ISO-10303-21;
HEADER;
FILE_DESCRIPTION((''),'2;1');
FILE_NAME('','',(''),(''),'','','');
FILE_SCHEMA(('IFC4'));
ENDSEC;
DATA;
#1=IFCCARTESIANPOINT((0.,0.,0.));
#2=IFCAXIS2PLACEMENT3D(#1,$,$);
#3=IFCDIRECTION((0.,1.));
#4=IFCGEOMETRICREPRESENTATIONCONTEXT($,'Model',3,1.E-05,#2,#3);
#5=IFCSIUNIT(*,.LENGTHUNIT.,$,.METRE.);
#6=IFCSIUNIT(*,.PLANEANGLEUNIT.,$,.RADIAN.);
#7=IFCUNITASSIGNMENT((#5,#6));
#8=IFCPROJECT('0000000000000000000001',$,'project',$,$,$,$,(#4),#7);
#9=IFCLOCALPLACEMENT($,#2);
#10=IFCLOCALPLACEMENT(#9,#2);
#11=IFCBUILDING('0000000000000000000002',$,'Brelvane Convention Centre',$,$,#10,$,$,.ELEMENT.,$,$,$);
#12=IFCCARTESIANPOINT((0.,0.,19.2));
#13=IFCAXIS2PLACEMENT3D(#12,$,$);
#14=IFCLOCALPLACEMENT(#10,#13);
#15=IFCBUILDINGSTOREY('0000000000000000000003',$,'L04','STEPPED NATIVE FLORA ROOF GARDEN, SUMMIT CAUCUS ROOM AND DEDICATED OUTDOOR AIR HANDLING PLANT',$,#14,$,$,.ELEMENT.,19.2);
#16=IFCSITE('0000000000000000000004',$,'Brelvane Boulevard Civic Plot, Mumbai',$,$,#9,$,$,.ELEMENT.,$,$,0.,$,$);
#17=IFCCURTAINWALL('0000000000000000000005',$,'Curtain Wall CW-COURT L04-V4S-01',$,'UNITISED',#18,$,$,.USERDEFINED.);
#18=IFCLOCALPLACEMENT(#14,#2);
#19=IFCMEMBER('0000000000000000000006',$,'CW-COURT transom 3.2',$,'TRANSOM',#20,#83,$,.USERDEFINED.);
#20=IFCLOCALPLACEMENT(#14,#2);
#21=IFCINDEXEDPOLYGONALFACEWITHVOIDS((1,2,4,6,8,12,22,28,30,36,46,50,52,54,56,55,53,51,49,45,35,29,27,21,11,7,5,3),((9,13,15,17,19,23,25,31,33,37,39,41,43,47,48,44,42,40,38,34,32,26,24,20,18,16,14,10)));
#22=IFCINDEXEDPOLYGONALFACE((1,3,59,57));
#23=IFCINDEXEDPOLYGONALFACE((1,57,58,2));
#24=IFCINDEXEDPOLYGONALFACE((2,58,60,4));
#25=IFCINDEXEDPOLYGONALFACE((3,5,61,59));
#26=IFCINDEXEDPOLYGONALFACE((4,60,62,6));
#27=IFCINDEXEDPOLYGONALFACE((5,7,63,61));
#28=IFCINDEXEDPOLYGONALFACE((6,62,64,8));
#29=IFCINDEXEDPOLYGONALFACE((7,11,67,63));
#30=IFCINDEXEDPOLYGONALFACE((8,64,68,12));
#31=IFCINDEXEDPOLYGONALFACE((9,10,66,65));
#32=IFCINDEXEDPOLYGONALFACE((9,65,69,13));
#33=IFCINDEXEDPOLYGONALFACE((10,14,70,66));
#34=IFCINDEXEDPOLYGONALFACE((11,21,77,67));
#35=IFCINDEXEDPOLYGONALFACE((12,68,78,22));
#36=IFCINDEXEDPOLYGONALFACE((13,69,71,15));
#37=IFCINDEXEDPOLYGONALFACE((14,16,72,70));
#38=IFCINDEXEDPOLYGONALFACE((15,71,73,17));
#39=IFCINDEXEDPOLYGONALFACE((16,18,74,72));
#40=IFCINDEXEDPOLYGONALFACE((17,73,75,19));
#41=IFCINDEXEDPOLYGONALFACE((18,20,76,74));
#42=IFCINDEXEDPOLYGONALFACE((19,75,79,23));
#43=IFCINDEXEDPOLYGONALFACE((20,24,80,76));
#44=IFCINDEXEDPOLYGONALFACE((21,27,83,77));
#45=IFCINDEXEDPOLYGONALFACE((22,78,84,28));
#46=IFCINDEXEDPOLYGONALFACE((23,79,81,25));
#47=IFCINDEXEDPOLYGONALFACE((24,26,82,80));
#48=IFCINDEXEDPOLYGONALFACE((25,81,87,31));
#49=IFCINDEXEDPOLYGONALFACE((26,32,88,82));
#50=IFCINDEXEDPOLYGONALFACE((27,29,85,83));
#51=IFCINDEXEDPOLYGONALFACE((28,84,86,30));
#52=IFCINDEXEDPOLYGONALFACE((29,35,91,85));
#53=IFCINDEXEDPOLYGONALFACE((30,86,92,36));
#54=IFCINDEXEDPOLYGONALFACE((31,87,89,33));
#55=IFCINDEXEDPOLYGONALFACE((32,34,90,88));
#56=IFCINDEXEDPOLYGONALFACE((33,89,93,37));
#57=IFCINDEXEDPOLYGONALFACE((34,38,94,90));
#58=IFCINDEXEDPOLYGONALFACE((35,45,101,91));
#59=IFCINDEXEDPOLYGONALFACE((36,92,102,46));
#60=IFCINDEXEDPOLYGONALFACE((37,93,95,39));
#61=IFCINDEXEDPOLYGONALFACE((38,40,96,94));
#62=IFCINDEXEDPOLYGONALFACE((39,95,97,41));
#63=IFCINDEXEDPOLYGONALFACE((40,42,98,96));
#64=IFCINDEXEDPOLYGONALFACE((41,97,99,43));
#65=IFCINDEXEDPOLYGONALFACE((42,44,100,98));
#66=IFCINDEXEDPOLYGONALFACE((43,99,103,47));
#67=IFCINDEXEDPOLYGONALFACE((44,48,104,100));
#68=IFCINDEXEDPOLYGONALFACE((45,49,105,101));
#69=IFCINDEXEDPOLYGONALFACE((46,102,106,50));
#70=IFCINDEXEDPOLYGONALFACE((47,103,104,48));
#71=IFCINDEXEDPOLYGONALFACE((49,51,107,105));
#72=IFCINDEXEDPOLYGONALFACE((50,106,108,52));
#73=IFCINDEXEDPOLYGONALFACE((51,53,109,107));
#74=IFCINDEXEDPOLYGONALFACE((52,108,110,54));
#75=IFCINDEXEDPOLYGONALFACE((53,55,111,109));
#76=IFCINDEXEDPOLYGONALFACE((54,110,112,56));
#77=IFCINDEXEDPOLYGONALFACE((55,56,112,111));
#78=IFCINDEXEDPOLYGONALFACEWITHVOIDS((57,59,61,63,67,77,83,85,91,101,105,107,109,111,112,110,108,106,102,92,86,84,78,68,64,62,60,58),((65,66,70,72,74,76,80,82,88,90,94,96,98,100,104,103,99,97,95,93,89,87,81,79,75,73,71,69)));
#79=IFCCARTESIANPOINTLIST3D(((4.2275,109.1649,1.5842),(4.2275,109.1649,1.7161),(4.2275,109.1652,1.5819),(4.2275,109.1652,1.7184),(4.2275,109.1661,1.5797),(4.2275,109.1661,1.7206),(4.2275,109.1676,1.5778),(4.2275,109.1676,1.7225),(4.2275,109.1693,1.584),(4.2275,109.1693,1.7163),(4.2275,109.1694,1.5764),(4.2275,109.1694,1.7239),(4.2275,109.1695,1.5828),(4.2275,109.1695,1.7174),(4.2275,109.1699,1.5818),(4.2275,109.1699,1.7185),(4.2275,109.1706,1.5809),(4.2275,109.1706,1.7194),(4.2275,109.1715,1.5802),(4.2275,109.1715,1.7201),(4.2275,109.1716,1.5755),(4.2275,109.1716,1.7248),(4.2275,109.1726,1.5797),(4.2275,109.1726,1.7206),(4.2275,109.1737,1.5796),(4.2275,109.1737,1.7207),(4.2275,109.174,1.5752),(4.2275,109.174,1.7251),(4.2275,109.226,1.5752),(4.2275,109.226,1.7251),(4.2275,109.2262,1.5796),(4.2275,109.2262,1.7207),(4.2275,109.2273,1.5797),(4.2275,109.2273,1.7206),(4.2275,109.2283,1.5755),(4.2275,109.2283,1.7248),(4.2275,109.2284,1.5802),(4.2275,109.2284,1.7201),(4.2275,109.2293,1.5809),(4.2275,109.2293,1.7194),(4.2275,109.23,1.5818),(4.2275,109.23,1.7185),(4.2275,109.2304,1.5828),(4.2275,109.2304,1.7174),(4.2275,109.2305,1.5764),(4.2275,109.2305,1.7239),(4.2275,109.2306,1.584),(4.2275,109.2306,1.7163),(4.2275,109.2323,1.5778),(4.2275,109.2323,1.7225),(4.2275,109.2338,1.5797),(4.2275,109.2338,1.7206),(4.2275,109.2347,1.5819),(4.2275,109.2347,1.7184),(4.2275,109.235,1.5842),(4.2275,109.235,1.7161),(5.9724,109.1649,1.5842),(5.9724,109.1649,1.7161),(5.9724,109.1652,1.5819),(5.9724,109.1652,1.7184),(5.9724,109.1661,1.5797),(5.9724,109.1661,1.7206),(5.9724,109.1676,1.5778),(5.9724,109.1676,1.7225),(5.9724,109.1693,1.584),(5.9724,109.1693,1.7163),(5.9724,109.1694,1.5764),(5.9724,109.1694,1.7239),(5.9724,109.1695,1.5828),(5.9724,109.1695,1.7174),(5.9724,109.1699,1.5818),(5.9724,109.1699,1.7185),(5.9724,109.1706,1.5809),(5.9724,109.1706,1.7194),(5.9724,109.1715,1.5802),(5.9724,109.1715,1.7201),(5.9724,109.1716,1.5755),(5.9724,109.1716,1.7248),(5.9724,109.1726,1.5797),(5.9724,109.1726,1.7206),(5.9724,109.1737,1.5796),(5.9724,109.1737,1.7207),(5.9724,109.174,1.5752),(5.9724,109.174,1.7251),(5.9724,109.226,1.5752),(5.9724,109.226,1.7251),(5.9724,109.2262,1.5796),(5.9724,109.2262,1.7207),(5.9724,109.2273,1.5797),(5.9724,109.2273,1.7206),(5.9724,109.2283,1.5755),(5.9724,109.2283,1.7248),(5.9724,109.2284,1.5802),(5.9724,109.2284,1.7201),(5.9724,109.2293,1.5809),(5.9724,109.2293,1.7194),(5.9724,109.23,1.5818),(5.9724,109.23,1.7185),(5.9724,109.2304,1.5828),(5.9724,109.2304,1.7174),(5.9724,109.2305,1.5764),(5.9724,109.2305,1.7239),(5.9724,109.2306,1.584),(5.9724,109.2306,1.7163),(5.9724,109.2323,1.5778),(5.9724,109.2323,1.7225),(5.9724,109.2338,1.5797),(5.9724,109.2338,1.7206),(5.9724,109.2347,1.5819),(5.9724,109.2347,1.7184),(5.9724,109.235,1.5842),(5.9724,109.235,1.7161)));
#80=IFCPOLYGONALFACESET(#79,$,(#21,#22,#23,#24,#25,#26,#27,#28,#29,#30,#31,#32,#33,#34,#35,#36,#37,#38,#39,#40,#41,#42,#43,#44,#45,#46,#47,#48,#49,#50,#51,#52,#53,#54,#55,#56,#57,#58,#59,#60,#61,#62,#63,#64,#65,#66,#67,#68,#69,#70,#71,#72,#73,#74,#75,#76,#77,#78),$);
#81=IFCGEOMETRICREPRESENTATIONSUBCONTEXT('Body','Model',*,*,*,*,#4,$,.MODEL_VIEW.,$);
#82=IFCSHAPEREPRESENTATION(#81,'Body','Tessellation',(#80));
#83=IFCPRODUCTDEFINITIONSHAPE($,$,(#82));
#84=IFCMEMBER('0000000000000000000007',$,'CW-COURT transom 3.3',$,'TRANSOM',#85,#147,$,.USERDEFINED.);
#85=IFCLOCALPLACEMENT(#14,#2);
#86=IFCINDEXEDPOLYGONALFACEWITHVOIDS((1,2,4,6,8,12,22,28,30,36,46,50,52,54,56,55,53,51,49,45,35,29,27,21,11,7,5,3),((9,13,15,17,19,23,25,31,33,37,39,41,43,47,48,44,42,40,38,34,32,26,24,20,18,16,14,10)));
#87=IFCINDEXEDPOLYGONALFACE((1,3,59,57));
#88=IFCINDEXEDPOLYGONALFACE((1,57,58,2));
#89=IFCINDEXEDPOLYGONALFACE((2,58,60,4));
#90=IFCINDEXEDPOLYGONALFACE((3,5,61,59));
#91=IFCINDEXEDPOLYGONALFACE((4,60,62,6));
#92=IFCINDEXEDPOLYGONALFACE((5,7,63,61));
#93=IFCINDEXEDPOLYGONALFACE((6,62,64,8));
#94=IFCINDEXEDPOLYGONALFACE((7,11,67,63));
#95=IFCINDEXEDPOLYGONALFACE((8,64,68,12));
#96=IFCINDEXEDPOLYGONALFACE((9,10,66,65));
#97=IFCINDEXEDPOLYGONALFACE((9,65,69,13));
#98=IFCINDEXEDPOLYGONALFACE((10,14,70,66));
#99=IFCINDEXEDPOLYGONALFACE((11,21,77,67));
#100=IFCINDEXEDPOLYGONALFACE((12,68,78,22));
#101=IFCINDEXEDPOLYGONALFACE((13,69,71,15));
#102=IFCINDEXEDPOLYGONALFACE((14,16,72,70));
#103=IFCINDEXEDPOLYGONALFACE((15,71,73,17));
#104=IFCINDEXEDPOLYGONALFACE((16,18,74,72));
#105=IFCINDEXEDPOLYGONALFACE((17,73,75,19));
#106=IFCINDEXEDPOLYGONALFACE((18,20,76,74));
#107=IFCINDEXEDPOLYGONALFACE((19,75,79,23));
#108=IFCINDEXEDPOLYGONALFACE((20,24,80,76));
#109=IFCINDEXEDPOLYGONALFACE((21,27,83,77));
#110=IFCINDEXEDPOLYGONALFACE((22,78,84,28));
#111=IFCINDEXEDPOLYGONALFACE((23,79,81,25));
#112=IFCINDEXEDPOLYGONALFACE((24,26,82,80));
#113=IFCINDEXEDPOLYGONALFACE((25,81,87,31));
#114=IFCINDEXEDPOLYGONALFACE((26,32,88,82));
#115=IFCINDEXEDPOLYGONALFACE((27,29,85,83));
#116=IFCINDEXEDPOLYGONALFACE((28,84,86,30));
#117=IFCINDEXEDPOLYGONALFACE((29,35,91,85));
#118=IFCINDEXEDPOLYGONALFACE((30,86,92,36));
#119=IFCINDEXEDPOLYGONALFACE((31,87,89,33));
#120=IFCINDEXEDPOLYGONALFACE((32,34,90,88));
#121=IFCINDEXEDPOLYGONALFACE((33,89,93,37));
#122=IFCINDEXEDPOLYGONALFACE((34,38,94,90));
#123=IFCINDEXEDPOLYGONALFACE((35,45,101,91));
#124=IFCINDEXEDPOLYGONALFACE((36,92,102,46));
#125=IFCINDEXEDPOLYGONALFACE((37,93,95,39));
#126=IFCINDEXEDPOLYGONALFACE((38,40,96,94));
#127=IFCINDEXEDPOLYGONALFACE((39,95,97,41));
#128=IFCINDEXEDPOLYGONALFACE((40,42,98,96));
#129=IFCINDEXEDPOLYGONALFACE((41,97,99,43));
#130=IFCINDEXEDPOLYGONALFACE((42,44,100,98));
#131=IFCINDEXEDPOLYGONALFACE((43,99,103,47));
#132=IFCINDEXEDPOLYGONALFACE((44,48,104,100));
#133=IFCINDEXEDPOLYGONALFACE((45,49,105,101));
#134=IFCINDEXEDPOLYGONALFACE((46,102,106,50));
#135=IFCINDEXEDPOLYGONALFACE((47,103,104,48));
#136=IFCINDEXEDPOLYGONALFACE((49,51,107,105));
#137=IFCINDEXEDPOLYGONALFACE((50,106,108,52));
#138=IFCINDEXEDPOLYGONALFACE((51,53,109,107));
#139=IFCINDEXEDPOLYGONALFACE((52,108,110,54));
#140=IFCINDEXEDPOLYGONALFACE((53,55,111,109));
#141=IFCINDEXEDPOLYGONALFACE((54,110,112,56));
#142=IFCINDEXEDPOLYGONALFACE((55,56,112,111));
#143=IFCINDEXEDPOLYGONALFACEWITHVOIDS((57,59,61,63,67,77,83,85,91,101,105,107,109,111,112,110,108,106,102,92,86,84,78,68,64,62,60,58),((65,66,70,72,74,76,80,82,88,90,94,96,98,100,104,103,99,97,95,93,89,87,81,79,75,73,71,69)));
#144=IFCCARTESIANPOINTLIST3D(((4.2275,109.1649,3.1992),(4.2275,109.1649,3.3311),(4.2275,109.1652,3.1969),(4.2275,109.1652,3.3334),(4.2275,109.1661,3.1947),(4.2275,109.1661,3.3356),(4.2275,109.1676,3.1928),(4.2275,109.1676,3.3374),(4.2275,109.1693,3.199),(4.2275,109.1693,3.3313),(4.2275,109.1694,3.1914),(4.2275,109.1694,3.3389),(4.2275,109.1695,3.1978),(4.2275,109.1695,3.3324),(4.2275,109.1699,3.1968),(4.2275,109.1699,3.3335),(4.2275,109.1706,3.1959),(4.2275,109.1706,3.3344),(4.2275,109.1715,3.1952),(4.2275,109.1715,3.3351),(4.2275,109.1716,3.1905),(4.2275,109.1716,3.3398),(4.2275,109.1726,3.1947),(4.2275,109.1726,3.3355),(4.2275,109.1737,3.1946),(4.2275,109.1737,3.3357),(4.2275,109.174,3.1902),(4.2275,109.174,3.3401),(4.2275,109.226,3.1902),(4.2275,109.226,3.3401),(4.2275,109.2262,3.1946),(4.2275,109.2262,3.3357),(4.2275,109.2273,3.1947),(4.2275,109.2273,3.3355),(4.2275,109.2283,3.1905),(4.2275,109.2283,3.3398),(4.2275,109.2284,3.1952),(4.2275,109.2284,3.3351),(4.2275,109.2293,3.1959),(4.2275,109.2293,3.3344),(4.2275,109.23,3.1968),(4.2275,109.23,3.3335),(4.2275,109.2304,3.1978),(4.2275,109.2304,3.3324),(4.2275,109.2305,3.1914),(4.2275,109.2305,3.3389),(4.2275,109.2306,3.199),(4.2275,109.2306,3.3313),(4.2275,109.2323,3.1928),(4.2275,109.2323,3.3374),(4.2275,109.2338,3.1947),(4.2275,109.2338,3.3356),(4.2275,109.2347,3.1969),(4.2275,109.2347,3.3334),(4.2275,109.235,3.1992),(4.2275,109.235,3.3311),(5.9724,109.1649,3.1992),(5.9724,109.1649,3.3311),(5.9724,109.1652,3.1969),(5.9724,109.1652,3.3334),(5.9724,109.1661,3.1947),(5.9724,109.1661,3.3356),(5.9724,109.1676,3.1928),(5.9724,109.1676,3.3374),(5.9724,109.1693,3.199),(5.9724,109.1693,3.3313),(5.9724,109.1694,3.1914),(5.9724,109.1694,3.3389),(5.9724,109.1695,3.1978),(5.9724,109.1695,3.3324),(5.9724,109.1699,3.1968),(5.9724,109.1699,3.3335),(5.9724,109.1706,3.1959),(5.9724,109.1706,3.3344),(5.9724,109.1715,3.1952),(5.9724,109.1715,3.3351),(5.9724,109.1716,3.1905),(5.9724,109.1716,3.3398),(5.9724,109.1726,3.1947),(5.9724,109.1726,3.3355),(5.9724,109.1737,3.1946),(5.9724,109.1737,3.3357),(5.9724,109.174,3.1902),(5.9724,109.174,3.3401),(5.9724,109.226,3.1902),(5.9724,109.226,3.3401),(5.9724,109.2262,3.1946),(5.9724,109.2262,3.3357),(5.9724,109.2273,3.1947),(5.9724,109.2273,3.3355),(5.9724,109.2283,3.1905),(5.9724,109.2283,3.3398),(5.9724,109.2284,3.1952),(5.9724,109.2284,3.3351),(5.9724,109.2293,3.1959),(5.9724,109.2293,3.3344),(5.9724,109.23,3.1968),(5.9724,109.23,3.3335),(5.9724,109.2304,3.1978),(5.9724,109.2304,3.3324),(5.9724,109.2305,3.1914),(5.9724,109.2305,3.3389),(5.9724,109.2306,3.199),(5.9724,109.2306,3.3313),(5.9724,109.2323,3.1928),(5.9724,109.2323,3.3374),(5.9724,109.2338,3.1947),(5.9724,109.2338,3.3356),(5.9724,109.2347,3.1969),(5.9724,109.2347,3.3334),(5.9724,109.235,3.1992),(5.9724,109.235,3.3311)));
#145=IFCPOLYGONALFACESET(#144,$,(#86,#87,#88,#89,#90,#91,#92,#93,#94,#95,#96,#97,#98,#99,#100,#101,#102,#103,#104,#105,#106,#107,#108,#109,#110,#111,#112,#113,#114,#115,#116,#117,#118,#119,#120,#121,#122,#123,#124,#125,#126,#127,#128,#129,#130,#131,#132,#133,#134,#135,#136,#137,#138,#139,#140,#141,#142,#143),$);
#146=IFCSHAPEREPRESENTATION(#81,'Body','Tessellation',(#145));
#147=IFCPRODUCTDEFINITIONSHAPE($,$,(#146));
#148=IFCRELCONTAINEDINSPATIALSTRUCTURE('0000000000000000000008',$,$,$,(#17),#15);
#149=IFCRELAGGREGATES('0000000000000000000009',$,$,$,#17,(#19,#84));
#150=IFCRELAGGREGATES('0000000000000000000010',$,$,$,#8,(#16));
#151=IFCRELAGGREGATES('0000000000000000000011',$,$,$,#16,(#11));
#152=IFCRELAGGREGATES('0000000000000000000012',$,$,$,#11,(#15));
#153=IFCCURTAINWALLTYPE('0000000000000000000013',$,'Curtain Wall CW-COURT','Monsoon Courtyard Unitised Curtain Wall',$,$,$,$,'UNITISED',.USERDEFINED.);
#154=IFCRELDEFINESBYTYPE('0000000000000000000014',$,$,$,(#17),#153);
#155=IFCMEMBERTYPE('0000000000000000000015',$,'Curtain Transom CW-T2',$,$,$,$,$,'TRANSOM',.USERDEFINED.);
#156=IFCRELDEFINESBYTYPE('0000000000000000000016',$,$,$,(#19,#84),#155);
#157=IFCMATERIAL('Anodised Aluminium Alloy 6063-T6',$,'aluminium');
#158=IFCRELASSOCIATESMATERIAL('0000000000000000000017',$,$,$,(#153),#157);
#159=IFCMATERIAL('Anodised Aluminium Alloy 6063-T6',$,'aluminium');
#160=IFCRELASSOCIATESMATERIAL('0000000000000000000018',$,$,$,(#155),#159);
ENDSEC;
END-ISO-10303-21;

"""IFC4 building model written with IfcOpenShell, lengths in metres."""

from ifc_helpers import new_model, si_unit, direction, frame, origin, origin_2d, place, context, subcontext, project, spatial, hollow_rectangle, extrude, material, material_profile, profile_set, type_object, element, aggregate, save


model = new_model("IFC4")

# Units and contexts
model_context = context("Model", 3, precision=1e-05, world=origin(), true_north=direction((0.0, 1.0)))
body_context = subcontext(model_context, "Body", "Model", "MODEL_VIEW")
ifc_project = project(units=[si_unit("LENGTHUNIT", "METRE"), si_unit("PLANEANGLEUNIT", "RADIAN")], contexts=[model_context])

# Site, building, storey
site_placement = place(None, origin())
site = spatial("IfcSite", under=ifc_project, at=site_placement, Name="Brelvane Boulevard Civic Plot, Mumbai", CompositionType="ELEMENT", RefElevation=0.0)
building_placement = place(site_placement, origin())
building = spatial("IfcBuilding", under=site, at=building_placement, Name="Brelvane Convention Centre", CompositionType="ELEMENT")
storey_placement = place(building_placement, frame((0.0, 0.0, 19.2)))
storey = spatial("IfcBuildingStorey", under=building, at=storey_placement, Name="L04", Description="STEPPED NATIVE FLORA ROOF GARDEN, SUMMIT CAUCUS ROOM AND DEDICATED OUTDOOR AIR HANDLING PLANT", CompositionType="ELEMENT", Elevation=19.2)

# Curtain wall, members
ifc_material_1 = material(Name="Anodised Aluminium Alloy 6063-T6", Category="aluminium")
curtain_wall_type = type_object("IfcCurtainWallType", Name="Curtain Wall CW-COURT", Description="Monsoon Courtyard Unitised Curtain Wall", ElementType="UNITISED", PredefinedType="USERDEFINED", material=ifc_material_1)
curtain_wall_placement = place(storey_placement, origin())
curtain_wall = element("IfcCurtainWall", 1, at=curtain_wall_placement, inside=storey, type_object=curtain_wall_type, Name="Curtain Wall CW-COURT L04-V4S-01", ObjectType="UNITISED", PredefinedType="USERDEFINED")
ifc_material_2 = material(Name="Anodised Aluminium Alloy 6063-T6", Category="aluminium")
ifc_material_profile_1 = material_profile(ifc_material_2, hollow_rectangle(XDim=0.0701, YDim=0.1499, WallThickness=0.0044, InnerFilletRadius=0.0044, OuterFilletRadius=0.009, at=origin_2d()), Name="ALU-T 150x70x4.5")
ifc_profile_set_1 = profile_set([ifc_material_profile_1], Name="Anodised Aluminium Alloy 6063-T6")
member_type_1 = type_object("IfcMemberType", Name="Curtain Transom CW-T2", ElementType="TRANSOM", PredefinedType="USERDEFINED", material=ifc_profile_set_1)
member_1_placement = place(storey_placement, frame((4.2275, 109.2, 1.6501), z_axis=(1.0, 0.0, 0.0), x_axis=(0.0, 1.0, 0.0)))
member_1 = element("IfcMember", 2, at=member_1_placement, type_object=member_type_1, Name="CW-COURT transom 3.2", ObjectType="TRANSOM", PredefinedType="USERDEFINED", context=body_context, shape_type="SweptSolid", body=[
    extrude(hollow_rectangle(XDim=0.0701, YDim=0.1499, WallThickness=0.0044, InnerFilletRadius=0.0044, OuterFilletRadius=0.009, at=origin_2d()), origin(), (0.0, 0.0, 1.0), 1.7449),
])
member_2_placement = place(storey_placement, frame((4.2275, 109.2, 3.2651), z_axis=(1.0, 0.0, 0.0), x_axis=(0.0, 1.0, 0.0)))
member_2 = element("IfcMember", 3, at=member_2_placement, type_object=member_type_1, Name="CW-COURT transom 3.3", ObjectType="TRANSOM", PredefinedType="USERDEFINED", context=body_context, shape_type="SweptSolid", body=[
    extrude(hollow_rectangle(XDim=0.0701, YDim=0.1499, WallThickness=0.0044, InnerFilletRadius=0.0044, OuterFilletRadius=0.009, at=origin_2d()), origin(), (0.0, 0.0, 1.0), 1.7449),
])
aggregate(curtain_wall, [member_1, member_2])

save(model, "model.ifc")
